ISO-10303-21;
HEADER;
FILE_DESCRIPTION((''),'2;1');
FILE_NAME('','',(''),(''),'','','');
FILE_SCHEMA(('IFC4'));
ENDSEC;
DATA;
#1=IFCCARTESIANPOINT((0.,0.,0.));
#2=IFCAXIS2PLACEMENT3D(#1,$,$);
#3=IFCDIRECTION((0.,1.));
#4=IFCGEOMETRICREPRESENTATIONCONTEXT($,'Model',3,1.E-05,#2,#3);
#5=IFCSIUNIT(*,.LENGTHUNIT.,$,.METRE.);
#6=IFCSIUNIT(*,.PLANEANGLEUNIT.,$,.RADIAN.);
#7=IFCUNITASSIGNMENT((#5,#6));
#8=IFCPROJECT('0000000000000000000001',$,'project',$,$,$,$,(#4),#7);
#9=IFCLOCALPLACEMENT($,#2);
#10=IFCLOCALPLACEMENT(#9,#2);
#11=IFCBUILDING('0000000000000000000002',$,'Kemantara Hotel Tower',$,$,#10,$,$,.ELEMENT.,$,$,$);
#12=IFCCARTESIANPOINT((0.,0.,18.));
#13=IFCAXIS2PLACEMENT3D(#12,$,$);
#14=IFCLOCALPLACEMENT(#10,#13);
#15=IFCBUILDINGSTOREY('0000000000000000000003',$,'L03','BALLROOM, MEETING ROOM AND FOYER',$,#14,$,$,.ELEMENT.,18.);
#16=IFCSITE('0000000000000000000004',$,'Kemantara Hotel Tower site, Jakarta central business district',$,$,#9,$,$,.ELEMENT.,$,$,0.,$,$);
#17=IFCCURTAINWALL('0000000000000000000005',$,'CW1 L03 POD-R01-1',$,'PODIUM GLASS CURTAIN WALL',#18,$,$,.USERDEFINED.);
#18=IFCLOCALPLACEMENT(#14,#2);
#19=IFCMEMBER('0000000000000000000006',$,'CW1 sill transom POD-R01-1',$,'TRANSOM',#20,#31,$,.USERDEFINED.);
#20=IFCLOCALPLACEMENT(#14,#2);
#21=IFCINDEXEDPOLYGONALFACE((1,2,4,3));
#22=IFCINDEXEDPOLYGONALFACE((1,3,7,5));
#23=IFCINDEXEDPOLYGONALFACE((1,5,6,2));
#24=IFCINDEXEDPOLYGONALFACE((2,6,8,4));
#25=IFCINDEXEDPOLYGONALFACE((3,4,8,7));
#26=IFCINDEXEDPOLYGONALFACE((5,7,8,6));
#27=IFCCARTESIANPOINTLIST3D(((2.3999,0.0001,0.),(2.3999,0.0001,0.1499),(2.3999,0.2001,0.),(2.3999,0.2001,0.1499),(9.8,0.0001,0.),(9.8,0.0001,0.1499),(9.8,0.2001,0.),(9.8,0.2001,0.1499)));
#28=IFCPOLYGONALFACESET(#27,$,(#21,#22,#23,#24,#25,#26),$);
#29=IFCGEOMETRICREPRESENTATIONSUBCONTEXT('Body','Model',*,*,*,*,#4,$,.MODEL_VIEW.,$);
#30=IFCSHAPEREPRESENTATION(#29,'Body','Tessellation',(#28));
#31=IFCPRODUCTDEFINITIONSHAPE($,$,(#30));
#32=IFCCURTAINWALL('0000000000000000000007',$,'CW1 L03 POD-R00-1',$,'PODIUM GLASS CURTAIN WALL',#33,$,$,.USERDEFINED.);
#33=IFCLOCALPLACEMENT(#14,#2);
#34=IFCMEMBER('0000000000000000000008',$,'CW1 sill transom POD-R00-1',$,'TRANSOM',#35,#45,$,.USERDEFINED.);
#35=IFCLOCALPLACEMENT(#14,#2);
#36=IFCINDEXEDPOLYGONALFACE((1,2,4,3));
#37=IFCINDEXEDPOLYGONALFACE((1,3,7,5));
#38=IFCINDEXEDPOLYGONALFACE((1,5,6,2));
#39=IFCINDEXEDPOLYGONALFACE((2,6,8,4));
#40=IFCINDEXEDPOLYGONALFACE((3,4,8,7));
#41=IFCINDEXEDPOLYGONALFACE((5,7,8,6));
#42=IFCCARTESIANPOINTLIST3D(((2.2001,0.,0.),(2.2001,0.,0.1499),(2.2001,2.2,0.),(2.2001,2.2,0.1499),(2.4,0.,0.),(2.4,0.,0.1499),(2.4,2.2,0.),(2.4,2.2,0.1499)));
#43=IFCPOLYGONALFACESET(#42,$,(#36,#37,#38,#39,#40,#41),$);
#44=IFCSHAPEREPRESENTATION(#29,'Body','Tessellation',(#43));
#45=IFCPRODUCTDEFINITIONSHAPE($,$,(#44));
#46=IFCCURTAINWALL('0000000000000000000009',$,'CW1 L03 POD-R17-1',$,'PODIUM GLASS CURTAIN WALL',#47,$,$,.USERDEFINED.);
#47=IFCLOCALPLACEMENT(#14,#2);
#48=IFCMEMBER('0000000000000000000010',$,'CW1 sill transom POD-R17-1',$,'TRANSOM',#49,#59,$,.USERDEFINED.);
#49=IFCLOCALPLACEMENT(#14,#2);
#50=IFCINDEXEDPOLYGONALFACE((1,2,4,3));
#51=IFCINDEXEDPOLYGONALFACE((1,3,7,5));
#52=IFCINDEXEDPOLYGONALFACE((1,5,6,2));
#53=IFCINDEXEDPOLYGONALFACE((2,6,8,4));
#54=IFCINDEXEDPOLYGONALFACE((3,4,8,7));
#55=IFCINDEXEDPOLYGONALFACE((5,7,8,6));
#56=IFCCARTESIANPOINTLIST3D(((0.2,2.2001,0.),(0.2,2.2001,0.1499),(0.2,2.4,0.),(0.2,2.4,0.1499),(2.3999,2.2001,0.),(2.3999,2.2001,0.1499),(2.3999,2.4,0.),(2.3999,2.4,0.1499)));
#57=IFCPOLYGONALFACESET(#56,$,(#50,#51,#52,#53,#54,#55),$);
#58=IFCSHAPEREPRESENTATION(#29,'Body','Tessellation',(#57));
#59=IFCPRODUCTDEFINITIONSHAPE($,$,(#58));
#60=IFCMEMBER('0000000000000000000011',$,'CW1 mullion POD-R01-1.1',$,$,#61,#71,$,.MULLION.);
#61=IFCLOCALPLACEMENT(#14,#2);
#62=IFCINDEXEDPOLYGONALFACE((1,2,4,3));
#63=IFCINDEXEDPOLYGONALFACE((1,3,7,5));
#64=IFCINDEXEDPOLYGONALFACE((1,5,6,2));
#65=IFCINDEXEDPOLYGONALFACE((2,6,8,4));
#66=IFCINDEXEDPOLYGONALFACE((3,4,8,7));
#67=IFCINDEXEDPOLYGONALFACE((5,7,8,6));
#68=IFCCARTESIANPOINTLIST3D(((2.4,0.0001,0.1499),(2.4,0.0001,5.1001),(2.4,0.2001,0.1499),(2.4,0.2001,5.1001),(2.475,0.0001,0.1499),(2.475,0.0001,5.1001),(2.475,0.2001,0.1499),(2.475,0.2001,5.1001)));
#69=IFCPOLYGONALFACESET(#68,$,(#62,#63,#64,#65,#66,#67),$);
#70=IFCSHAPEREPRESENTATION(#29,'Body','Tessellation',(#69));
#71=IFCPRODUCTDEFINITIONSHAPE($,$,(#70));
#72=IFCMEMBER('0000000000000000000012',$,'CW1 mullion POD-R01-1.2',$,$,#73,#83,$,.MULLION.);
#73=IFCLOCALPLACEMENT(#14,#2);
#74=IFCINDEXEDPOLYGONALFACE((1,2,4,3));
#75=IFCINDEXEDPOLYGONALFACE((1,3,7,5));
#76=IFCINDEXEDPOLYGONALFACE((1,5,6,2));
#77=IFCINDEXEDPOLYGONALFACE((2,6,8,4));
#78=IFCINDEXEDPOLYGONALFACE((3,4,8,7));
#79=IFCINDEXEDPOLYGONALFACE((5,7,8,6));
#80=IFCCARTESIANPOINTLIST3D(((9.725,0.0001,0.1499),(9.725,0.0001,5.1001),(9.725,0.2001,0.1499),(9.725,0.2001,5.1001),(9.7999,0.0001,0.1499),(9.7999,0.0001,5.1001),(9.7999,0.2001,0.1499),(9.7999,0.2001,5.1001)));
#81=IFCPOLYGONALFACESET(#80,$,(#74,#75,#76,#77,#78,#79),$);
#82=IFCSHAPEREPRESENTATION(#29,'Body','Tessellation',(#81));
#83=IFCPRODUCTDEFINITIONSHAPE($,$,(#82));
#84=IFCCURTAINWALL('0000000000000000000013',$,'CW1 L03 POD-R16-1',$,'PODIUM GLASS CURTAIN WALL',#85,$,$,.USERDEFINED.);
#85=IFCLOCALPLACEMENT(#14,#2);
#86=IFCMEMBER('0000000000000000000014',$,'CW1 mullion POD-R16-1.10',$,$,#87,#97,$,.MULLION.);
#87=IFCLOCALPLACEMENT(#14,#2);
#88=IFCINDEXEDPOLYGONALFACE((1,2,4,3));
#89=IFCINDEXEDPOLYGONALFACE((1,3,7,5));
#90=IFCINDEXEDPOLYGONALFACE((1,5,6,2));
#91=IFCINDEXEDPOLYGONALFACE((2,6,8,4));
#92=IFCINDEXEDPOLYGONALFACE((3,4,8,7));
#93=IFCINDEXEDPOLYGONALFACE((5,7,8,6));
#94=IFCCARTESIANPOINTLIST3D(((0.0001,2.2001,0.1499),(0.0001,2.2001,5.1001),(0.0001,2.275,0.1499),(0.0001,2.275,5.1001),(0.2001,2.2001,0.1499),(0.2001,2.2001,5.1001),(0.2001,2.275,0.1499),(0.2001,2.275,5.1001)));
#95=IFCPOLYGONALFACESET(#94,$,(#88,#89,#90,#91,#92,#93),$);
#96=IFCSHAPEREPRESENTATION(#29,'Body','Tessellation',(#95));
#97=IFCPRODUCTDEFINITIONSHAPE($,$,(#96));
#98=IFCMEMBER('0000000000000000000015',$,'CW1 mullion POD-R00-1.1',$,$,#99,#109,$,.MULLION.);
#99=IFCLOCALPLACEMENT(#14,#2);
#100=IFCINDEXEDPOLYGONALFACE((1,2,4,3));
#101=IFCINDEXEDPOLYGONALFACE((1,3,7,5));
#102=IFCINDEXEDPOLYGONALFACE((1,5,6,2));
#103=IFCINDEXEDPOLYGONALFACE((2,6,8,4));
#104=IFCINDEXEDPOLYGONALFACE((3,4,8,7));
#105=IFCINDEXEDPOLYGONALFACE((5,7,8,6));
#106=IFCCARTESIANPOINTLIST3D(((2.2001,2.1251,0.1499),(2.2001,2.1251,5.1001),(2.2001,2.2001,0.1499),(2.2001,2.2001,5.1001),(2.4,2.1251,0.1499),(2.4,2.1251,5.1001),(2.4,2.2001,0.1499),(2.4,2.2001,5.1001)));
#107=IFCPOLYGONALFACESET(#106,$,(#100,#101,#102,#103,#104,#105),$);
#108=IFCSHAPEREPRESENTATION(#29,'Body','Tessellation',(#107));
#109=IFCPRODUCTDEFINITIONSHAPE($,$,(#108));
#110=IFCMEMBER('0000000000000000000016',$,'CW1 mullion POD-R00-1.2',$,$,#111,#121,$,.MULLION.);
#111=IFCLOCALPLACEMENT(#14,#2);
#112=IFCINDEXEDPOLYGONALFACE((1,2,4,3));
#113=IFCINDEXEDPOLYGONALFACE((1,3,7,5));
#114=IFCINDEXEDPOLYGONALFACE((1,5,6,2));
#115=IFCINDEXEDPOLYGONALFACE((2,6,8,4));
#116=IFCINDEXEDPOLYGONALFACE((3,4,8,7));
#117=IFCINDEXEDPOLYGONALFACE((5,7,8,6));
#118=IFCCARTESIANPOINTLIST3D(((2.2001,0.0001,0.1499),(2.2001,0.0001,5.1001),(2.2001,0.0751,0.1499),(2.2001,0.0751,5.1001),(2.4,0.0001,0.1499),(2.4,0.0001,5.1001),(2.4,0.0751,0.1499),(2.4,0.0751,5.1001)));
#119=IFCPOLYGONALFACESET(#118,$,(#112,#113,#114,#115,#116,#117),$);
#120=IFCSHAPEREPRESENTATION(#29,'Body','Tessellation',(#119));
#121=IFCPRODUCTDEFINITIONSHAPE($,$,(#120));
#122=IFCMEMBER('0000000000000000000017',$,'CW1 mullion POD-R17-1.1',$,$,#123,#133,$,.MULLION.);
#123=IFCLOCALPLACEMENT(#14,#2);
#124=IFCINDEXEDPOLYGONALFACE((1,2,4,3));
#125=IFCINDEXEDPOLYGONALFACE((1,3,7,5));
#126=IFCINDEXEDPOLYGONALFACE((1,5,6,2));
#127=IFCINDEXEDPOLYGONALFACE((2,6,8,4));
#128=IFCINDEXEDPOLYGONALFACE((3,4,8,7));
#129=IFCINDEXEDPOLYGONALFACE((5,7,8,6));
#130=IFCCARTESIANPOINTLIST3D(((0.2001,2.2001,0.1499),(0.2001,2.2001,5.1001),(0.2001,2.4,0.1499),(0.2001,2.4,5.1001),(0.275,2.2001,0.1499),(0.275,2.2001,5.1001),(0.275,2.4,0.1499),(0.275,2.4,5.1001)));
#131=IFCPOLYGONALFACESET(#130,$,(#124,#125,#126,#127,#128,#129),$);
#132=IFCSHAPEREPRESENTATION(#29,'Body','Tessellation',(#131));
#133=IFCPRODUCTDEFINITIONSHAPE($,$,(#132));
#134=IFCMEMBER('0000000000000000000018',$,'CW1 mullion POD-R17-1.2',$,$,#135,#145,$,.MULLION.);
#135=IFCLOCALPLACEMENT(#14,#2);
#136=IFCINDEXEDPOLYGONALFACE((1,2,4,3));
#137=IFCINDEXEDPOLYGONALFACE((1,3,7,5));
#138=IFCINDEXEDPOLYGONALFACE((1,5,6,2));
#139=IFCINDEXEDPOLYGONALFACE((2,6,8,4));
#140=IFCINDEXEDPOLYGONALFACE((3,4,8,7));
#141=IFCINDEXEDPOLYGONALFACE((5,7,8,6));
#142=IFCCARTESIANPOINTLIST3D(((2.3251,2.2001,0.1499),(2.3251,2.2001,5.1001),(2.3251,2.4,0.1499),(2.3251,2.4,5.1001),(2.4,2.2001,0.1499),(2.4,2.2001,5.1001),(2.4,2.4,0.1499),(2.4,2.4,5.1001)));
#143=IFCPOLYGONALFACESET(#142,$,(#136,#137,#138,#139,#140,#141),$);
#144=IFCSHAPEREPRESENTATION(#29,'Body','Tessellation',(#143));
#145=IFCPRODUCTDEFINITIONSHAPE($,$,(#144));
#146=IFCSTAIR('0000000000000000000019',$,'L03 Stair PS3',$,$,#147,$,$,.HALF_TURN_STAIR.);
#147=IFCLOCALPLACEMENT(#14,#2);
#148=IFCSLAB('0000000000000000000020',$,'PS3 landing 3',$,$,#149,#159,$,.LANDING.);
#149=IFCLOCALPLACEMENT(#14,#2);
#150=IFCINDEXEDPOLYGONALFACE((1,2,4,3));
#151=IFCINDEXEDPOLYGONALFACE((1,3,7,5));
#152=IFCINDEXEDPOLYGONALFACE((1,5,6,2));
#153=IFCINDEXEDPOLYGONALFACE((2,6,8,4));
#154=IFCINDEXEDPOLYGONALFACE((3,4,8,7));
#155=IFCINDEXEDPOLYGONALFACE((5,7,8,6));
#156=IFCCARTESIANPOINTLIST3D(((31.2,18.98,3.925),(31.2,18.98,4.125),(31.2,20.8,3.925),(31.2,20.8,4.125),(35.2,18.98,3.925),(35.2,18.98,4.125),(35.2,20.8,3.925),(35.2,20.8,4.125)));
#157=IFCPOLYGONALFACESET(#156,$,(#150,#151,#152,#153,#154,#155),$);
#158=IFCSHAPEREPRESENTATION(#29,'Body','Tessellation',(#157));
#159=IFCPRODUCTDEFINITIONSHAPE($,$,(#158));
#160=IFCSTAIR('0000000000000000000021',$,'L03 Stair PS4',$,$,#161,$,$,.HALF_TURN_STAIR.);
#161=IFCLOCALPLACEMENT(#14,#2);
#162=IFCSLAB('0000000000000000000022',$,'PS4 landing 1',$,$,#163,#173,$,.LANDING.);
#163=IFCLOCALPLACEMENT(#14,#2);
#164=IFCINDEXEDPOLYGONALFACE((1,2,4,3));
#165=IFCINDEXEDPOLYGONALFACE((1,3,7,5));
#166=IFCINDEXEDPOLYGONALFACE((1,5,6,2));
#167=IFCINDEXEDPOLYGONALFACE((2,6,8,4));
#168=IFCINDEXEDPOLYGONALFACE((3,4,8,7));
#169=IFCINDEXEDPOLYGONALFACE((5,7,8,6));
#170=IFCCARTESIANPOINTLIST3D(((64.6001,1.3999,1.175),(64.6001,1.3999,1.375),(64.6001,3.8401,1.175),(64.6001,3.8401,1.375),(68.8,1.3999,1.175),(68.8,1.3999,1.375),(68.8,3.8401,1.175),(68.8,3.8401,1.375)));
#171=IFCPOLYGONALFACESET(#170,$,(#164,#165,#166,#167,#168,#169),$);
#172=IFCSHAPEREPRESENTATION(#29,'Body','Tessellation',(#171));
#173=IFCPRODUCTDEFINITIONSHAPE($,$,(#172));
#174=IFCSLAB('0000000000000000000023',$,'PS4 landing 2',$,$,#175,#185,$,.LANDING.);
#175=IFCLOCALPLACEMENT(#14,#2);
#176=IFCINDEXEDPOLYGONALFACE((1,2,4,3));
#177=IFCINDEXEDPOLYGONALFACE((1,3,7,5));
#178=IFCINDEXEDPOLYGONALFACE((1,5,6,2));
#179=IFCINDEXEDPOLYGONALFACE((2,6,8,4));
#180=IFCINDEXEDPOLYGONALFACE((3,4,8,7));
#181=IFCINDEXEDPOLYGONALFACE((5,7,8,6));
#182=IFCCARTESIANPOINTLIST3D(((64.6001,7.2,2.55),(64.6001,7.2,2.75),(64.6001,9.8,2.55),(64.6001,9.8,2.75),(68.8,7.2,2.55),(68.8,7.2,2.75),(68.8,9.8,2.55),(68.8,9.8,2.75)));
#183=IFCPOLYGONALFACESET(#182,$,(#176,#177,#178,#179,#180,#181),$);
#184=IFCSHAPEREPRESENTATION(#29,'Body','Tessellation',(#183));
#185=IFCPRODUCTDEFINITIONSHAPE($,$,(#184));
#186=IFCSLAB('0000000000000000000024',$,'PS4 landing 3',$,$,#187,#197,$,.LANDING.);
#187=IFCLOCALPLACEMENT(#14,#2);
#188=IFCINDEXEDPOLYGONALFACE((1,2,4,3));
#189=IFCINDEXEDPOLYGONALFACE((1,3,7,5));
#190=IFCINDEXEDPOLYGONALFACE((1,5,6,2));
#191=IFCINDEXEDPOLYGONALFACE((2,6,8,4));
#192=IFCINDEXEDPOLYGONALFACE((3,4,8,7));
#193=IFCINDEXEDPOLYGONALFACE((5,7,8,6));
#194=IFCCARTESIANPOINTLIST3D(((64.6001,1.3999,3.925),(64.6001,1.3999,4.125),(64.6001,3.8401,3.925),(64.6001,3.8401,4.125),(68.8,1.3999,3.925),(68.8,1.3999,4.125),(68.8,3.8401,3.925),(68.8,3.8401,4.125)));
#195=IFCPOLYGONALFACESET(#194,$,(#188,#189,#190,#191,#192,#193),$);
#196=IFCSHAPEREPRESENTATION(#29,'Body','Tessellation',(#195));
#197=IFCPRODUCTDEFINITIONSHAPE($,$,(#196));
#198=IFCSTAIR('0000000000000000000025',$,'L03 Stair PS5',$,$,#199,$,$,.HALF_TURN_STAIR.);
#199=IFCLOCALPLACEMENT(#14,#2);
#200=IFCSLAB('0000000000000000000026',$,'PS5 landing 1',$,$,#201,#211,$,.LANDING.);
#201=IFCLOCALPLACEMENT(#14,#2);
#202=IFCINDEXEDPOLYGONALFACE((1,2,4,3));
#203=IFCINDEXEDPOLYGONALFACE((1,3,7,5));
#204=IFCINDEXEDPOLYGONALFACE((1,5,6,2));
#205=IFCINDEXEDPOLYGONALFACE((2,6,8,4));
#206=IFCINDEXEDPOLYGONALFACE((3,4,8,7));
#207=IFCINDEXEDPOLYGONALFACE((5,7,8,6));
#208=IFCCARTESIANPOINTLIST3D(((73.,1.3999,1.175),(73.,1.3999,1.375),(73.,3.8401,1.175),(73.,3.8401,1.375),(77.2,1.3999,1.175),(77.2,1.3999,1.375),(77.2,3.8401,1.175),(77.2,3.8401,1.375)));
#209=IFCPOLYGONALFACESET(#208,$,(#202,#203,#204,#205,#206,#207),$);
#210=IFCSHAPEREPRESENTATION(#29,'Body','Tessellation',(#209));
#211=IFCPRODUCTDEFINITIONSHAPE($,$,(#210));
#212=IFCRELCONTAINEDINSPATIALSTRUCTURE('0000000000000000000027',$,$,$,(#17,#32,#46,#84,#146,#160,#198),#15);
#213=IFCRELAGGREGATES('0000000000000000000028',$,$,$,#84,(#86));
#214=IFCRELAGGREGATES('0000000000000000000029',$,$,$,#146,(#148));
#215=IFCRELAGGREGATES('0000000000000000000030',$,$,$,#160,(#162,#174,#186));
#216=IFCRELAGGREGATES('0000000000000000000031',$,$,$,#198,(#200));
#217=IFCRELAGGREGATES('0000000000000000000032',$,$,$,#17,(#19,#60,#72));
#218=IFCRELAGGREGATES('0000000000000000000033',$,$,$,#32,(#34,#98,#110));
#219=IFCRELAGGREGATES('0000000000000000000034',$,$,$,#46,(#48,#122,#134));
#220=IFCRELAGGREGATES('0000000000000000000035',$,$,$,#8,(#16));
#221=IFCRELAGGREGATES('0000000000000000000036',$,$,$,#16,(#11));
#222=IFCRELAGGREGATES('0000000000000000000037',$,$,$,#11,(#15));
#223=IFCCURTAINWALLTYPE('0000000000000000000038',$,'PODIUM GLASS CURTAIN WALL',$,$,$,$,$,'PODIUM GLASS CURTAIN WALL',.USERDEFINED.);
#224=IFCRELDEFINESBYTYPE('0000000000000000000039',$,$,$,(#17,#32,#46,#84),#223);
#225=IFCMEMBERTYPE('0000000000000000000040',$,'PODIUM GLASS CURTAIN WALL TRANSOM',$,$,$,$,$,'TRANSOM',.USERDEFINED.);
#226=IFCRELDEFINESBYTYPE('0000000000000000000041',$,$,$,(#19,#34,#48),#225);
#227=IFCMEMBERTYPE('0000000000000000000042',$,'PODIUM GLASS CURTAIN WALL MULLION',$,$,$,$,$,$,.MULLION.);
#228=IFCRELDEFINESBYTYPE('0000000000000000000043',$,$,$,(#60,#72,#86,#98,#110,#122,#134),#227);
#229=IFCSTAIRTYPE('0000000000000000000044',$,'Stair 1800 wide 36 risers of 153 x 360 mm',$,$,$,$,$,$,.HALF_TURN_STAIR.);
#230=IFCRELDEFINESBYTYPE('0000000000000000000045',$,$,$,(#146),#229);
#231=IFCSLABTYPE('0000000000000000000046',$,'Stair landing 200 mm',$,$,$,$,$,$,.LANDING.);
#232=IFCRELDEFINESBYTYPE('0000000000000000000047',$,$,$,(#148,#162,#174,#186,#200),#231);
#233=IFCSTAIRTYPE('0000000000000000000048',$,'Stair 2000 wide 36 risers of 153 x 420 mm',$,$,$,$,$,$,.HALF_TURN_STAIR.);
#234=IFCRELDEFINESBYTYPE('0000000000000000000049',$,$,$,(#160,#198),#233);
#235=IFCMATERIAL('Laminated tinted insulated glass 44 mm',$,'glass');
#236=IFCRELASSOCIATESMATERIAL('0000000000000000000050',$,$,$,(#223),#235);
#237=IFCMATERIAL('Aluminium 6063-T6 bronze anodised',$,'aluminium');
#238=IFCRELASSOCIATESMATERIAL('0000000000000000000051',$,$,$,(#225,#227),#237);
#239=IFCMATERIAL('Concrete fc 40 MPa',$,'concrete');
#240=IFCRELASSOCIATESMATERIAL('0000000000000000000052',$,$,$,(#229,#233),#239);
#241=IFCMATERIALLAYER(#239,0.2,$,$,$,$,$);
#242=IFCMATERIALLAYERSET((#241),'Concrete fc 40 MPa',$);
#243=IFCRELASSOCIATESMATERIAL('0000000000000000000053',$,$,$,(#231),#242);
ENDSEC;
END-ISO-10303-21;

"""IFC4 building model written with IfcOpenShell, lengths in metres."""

from ifc_helpers import new_model, si_unit, direction, frame, origin, origin_2d, place, context, subcontext, project, spatial, polyline, rectangle, outline, extrude, source, transform, mapped, material, layer, layer_set, material_profile, profile_set, type_object, element, aggregate, save


model = new_model("IFC4")

# Units and contexts
model_context = context("Model", 3, precision=1e-05, world=origin(), true_north=direction((0.0, 1.0)))
body_context = subcontext(model_context, "Body", "Model", "MODEL_VIEW")
ifc_project = project(units=[si_unit("LENGTHUNIT", "METRE"), si_unit("PLANEANGLEUNIT", "RADIAN")], contexts=[model_context])

# Site, building, storey
site_placement = place(None, origin())
site = spatial("IfcSite", under=ifc_project, at=site_placement, Name="Kemantara Hotel Tower site, Jakarta central business district", CompositionType="ELEMENT", RefElevation=0.0)
building_placement = place(site_placement, origin())
building = spatial("IfcBuilding", under=site, at=building_placement, Name="Kemantara Hotel Tower", CompositionType="ELEMENT")
storey_placement = place(building_placement, frame((0.0, 0.0, 18.0)))
storey = spatial("IfcBuildingStorey", under=building, at=storey_placement, Name="L03", Description="BALLROOM, MEETING ROOM AND FOYER", CompositionType="ELEMENT", Elevation=18.0)

# Curtain walls, members
ifc_material_1 = material(Name="Laminated tinted insulated glass 44 mm", Category="glass")
curtain_wall_type = type_object("IfcCurtainWallType", Name="PODIUM GLASS CURTAIN WALL", ElementType="PODIUM GLASS CURTAIN WALL", PredefinedType="USERDEFINED", material=ifc_material_1)
curtain_wall_1_placement = place(storey_placement, origin())
curtain_wall_1 = element("IfcCurtainWall", 1, at=curtain_wall_1_placement, inside=storey, type_object=curtain_wall_type, Name="CW1 L03 POD-R01-1", ObjectType="PODIUM GLASS CURTAIN WALL", PredefinedType="USERDEFINED")
ifc_material_2 = material(Name="Aluminium 6063-T6 bronze anodised", Category="aluminium")
ifc_material_profile_1 = material_profile(ifc_material_2, rectangle(XDim=0.2, YDim=0.1499, at=origin_2d()), Name="PODIUM GLASS CURTAIN WALL TRANSOM")
ifc_profile_set_1 = profile_set([ifc_material_profile_1], Name="Aluminium 6063-T6 bronze anodised")
member_type_1 = type_object("IfcMemberType", Name="PODIUM GLASS CURTAIN WALL TRANSOM", ElementType="TRANSOM", PredefinedType="USERDEFINED", material=ifc_profile_set_1)
member_1_placement = place(storey_placement, frame((2.3999, 0.1001, 0.075), z_axis=(1.0, 0.0, 0.0), x_axis=(0.0, 1.0, 0.0)))
member_1 = element("IfcMember", 2, at=member_1_placement, type_object=member_type_1, Name="CW1 sill transom POD-R01-1", ObjectType="TRANSOM", PredefinedType="USERDEFINED", context=body_context, shape_type="SweptSolid", body=[
    extrude(rectangle(XDim=0.2, YDim=0.1499, at=origin_2d()), origin(), (0.0, 0.0, 1.0), 7.4001),
])
curtain_wall_2_placement = place(storey_placement, origin())
curtain_wall_2 = element("IfcCurtainWall", 3, at=curtain_wall_2_placement, inside=storey, type_object=curtain_wall_type, Name="CW1 L03 POD-R00-1", ObjectType="PODIUM GLASS CURTAIN WALL", PredefinedType="USERDEFINED")
member_2_placement = place(storey_placement, frame((2.3, 2.2, 0.075), z_axis=(0.0, -1.0, 0.0), x_axis=(1.0, 0.0, 0.0)))
member_2 = element("IfcMember", 4, at=member_2_placement, type_object=member_type_1, Name="CW1 sill transom POD-R00-1", ObjectType="TRANSOM", PredefinedType="USERDEFINED", context=body_context, shape_type="SweptSolid", body=[
    extrude(rectangle(XDim=0.2, YDim=0.1499, at=origin_2d()), origin(), (0.0, 0.0, 1.0), 2.2),
])
curtain_wall_3_placement = place(storey_placement, origin())
curtain_wall_3 = element("IfcCurtainWall", 5, at=curtain_wall_3_placement, inside=storey, type_object=curtain_wall_type, Name="CW1 L03 POD-R17-1", ObjectType="PODIUM GLASS CURTAIN WALL", PredefinedType="USERDEFINED")
member_3_placement = place(storey_placement, frame((0.2, 2.3, 0.075), z_axis=(1.0, 0.0, 0.0), x_axis=(0.0, 1.0, 0.0)))
member_3 = element("IfcMember", 6, at=member_3_placement, type_object=member_type_1, Name="CW1 sill transom POD-R17-1", ObjectType="TRANSOM", PredefinedType="USERDEFINED", context=body_context, shape_type="SweptSolid", body=[
    extrude(rectangle(XDim=0.2, YDim=0.1499, at=origin_2d()), origin(), (0.0, 0.0, 1.0), 2.2),
])

# Members
ifc_material_profile_2 = material_profile(ifc_material_2, rectangle(XDim=0.2, YDim=0.075, at=origin_2d()), Name="PODIUM GLASS CURTAIN WALL MULLION")
ifc_profile_set_2 = profile_set([ifc_material_profile_2], Name="Aluminium 6063-T6 bronze anodised")
member_type_2 = type_object("IfcMemberType", Name="PODIUM GLASS CURTAIN WALL MULLION", PredefinedType="MULLION", material=ifc_profile_set_2)
shared_shape_1 = source(origin(), body_context, "Body", "SweptSolid", [
    extrude(rectangle(XDim=0.2, YDim=0.075, at=origin_2d()), origin(), (0.0, 0.0, 1.0), 4.9502),
])
member_4_placement = place(storey_placement, frame((2.4375, 0.1001, 0.1499), z_axis=(0.0, 0.0, 1.0), x_axis=(0.0, 1.0, 0.0)))
member_4 = element("IfcMember", 7, at=member_4_placement, type_object=member_type_2, Name="CW1 mullion POD-R01-1.1", PredefinedType="MULLION", context=body_context, shape_type="MappedRepresentation", body=[
    mapped(shared_shape_1, transform((0.0, 0.0, 0.0))),
])
member_5_placement = place(storey_placement, frame((9.7625, 0.1001, 0.1499), z_axis=(0.0, 0.0, 1.0), x_axis=(0.0, 1.0, 0.0)))
member_5 = element("IfcMember", 8, at=member_5_placement, type_object=member_type_2, Name="CW1 mullion POD-R01-1.2", PredefinedType="MULLION", context=body_context, shape_type="MappedRepresentation", body=[
    mapped(shared_shape_1, transform((0.0, 0.0, 0.0))),
])

# Curtain wall, member
curtain_wall_4_placement = place(storey_placement, origin())
curtain_wall_4 = element("IfcCurtainWall", 9, at=curtain_wall_4_placement, inside=storey, type_object=curtain_wall_type, Name="CW1 L03 POD-R16-1", ObjectType="PODIUM GLASS CURTAIN WALL", PredefinedType="USERDEFINED")
member_6_placement = place(storey_placement, frame((0.1001, 2.2375, 0.1499), z_axis=(0.0, 0.0, 1.0), x_axis=(1.0, 0.0, 0.0)))
member_6 = element("IfcMember", 10, at=member_6_placement, type_object=member_type_2, Name="CW1 mullion POD-R16-1.10", PredefinedType="MULLION", context=body_context, shape_type="MappedRepresentation", body=[
    mapped(shared_shape_1, transform((0.0, 0.0, 0.0))),
])
aggregate(curtain_wall_4, [member_6])

# Members
member_7_placement = place(storey_placement, frame((2.3, 2.1626, 0.1499), z_axis=(0.0, 0.0, 1.0), x_axis=(1.0, 0.0, 0.0)))
member_7 = element("IfcMember", 11, at=member_7_placement, type_object=member_type_2, Name="CW1 mullion POD-R00-1.1", PredefinedType="MULLION", context=body_context, shape_type="MappedRepresentation", body=[
    mapped(shared_shape_1, transform((0.0, 0.0, 0.0))),
])
member_8_placement = place(storey_placement, frame((2.3, 0.0376, 0.1499), z_axis=(0.0, 0.0, 1.0), x_axis=(1.0, 0.0, 0.0)))
member_8 = element("IfcMember", 12, at=member_8_placement, type_object=member_type_2, Name="CW1 mullion POD-R00-1.2", PredefinedType="MULLION", context=body_context, shape_type="MappedRepresentation", body=[
    mapped(shared_shape_1, transform((0.0, 0.0, 0.0))),
])
member_9_placement = place(storey_placement, frame((0.2375, 2.3, 0.1499), z_axis=(0.0, 0.0, 1.0), x_axis=(0.0, 1.0, 0.0)))
member_9 = element("IfcMember", 13, at=member_9_placement, type_object=member_type_2, Name="CW1 mullion POD-R17-1.1", PredefinedType="MULLION", context=body_context, shape_type="MappedRepresentation", body=[
    mapped(shared_shape_1, transform((0.0, 0.0, 0.0))),
])
member_10_placement = place(storey_placement, frame((2.3625, 2.3, 0.1499), z_axis=(0.0, 0.0, 1.0), x_axis=(0.0, 1.0, 0.0)))
member_10 = element("IfcMember", 14, at=member_10_placement, type_object=member_type_2, Name="CW1 mullion POD-R17-1.2", PredefinedType="MULLION", context=body_context, shape_type="MappedRepresentation", body=[
    mapped(shared_shape_1, transform((0.0, 0.0, 0.0))),
])

# Stair, slab
ifc_material_3 = material(Name="Concrete fc 40 MPa", Category="concrete")
stair_type_1 = type_object("IfcStairType", Name="Stair 1800 wide 36 risers of 153 x 360 mm", PredefinedType="HALF_TURN_STAIR", material=ifc_material_3)
stair_1_placement = place(storey_placement, origin())
stair_1 = element("IfcStair", 15, at=stair_1_placement, inside=storey, type_object=stair_type_1, Name="L03 Stair PS3", PredefinedType="HALF_TURN_STAIR")
ifc_layer_1 = layer(ifc_material_3, 0.2)
ifc_layer_set_1 = layer_set([ifc_layer_1], Name="Concrete fc 40 MPa")
slab_type = type_object("IfcSlabType", Name="Stair landing 200 mm", PredefinedType="LANDING", material=ifc_layer_set_1)
slab_1_placement = place(storey_placement, frame((0.0, 0.0, 3.925)))
slab_1 = element("IfcSlab", 16, at=slab_1_placement, type_object=slab_type, Name="PS3 landing 3", PredefinedType="LANDING", context=body_context, shape_type="SweptSolid", body=[
    extrude(outline(polyline([(35.2, 18.98), (35.2, 20.8), (31.2, 20.8), (31.2, 18.98), (35.2, 18.98)])), origin(), (0.0, 0.0, 1.0), 0.2),
])
aggregate(stair_1, [slab_1])

# Stairs, slabs
stair_type_2 = type_object("IfcStairType", Name="Stair 2000 wide 36 risers of 153 x 420 mm", PredefinedType="HALF_TURN_STAIR", material=ifc_material_3)
stair_2_placement = place(storey_placement, origin())
stair_2 = element("IfcStair", 17, at=stair_2_placement, inside=storey, type_object=stair_type_2, Name="L03 Stair PS4", PredefinedType="HALF_TURN_STAIR")
slab_2_placement = place(storey_placement, frame((0.0, 0.0, 1.175)))
slab_2 = element("IfcSlab", 18, at=slab_2_placement, type_object=slab_type, Name="PS4 landing 1", PredefinedType="LANDING", context=body_context, shape_type="SweptSolid", body=[
    extrude(outline(polyline([(64.6001, 3.8401), (64.6001, 1.3999), (68.8, 1.3999), (68.8, 3.8401), (64.6001, 3.8401)])), origin(), (0.0, 0.0, 1.0), 0.2),
])
slab_3_placement = place(storey_placement, frame((0.0, 0.0, 2.55)))
slab_3 = element("IfcSlab", 19, at=slab_3_placement, type_object=slab_type, Name="PS4 landing 2", PredefinedType="LANDING", context=body_context, shape_type="SweptSolid", body=[
    extrude(outline(polyline([(64.6001, 9.8), (64.6001, 7.2), (68.8, 7.2), (68.8, 9.8), (64.6001, 9.8)])), origin(), (0.0, 0.0, 1.0), 0.2),
])
slab_4_placement = place(storey_placement, frame((0.0, 0.0, 3.925)))
slab_4 = element("IfcSlab", 20, at=slab_4_placement, type_object=slab_type, Name="PS4 landing 3", PredefinedType="LANDING", context=body_context, shape_type="SweptSolid", body=[
    extrude(outline(polyline([(64.6001, 3.8401), (64.6001, 1.3999), (68.8, 1.3999), (68.8, 3.8401), (64.6001, 3.8401)])), origin(), (0.0, 0.0, 1.0), 0.2),
])
aggregate(stair_2, [slab_2, slab_3, slab_4])
stair_3_placement = place(storey_placement, origin())
stair_3 = element("IfcStair", 21, at=stair_3_placement, inside=storey, type_object=stair_type_2, Name="L03 Stair PS5", PredefinedType="HALF_TURN_STAIR")
slab_5_placement = place(storey_placement, frame((0.0, 0.0, 1.175)))
slab_5 = element("IfcSlab", 22, at=slab_5_placement, type_object=slab_type, Name="PS5 landing 1", PredefinedType="LANDING", context=body_context, shape_type="SweptSolid", body=[
    extrude(outline(polyline([(73.0, 3.8401), (73.0, 1.3999), (77.2, 1.3999), (77.2, 3.8401), (73.0, 3.8401)])), origin(), (0.0, 0.0, 1.0), 0.2),
])
aggregate(stair_3, [slab_5])

aggregate(curtain_wall_1, [member_1, member_4, member_5])
aggregate(curtain_wall_2, [member_2, member_7, member_8])
aggregate(curtain_wall_3, [member_3, member_9, member_10])

save(model, "model.ifc")
